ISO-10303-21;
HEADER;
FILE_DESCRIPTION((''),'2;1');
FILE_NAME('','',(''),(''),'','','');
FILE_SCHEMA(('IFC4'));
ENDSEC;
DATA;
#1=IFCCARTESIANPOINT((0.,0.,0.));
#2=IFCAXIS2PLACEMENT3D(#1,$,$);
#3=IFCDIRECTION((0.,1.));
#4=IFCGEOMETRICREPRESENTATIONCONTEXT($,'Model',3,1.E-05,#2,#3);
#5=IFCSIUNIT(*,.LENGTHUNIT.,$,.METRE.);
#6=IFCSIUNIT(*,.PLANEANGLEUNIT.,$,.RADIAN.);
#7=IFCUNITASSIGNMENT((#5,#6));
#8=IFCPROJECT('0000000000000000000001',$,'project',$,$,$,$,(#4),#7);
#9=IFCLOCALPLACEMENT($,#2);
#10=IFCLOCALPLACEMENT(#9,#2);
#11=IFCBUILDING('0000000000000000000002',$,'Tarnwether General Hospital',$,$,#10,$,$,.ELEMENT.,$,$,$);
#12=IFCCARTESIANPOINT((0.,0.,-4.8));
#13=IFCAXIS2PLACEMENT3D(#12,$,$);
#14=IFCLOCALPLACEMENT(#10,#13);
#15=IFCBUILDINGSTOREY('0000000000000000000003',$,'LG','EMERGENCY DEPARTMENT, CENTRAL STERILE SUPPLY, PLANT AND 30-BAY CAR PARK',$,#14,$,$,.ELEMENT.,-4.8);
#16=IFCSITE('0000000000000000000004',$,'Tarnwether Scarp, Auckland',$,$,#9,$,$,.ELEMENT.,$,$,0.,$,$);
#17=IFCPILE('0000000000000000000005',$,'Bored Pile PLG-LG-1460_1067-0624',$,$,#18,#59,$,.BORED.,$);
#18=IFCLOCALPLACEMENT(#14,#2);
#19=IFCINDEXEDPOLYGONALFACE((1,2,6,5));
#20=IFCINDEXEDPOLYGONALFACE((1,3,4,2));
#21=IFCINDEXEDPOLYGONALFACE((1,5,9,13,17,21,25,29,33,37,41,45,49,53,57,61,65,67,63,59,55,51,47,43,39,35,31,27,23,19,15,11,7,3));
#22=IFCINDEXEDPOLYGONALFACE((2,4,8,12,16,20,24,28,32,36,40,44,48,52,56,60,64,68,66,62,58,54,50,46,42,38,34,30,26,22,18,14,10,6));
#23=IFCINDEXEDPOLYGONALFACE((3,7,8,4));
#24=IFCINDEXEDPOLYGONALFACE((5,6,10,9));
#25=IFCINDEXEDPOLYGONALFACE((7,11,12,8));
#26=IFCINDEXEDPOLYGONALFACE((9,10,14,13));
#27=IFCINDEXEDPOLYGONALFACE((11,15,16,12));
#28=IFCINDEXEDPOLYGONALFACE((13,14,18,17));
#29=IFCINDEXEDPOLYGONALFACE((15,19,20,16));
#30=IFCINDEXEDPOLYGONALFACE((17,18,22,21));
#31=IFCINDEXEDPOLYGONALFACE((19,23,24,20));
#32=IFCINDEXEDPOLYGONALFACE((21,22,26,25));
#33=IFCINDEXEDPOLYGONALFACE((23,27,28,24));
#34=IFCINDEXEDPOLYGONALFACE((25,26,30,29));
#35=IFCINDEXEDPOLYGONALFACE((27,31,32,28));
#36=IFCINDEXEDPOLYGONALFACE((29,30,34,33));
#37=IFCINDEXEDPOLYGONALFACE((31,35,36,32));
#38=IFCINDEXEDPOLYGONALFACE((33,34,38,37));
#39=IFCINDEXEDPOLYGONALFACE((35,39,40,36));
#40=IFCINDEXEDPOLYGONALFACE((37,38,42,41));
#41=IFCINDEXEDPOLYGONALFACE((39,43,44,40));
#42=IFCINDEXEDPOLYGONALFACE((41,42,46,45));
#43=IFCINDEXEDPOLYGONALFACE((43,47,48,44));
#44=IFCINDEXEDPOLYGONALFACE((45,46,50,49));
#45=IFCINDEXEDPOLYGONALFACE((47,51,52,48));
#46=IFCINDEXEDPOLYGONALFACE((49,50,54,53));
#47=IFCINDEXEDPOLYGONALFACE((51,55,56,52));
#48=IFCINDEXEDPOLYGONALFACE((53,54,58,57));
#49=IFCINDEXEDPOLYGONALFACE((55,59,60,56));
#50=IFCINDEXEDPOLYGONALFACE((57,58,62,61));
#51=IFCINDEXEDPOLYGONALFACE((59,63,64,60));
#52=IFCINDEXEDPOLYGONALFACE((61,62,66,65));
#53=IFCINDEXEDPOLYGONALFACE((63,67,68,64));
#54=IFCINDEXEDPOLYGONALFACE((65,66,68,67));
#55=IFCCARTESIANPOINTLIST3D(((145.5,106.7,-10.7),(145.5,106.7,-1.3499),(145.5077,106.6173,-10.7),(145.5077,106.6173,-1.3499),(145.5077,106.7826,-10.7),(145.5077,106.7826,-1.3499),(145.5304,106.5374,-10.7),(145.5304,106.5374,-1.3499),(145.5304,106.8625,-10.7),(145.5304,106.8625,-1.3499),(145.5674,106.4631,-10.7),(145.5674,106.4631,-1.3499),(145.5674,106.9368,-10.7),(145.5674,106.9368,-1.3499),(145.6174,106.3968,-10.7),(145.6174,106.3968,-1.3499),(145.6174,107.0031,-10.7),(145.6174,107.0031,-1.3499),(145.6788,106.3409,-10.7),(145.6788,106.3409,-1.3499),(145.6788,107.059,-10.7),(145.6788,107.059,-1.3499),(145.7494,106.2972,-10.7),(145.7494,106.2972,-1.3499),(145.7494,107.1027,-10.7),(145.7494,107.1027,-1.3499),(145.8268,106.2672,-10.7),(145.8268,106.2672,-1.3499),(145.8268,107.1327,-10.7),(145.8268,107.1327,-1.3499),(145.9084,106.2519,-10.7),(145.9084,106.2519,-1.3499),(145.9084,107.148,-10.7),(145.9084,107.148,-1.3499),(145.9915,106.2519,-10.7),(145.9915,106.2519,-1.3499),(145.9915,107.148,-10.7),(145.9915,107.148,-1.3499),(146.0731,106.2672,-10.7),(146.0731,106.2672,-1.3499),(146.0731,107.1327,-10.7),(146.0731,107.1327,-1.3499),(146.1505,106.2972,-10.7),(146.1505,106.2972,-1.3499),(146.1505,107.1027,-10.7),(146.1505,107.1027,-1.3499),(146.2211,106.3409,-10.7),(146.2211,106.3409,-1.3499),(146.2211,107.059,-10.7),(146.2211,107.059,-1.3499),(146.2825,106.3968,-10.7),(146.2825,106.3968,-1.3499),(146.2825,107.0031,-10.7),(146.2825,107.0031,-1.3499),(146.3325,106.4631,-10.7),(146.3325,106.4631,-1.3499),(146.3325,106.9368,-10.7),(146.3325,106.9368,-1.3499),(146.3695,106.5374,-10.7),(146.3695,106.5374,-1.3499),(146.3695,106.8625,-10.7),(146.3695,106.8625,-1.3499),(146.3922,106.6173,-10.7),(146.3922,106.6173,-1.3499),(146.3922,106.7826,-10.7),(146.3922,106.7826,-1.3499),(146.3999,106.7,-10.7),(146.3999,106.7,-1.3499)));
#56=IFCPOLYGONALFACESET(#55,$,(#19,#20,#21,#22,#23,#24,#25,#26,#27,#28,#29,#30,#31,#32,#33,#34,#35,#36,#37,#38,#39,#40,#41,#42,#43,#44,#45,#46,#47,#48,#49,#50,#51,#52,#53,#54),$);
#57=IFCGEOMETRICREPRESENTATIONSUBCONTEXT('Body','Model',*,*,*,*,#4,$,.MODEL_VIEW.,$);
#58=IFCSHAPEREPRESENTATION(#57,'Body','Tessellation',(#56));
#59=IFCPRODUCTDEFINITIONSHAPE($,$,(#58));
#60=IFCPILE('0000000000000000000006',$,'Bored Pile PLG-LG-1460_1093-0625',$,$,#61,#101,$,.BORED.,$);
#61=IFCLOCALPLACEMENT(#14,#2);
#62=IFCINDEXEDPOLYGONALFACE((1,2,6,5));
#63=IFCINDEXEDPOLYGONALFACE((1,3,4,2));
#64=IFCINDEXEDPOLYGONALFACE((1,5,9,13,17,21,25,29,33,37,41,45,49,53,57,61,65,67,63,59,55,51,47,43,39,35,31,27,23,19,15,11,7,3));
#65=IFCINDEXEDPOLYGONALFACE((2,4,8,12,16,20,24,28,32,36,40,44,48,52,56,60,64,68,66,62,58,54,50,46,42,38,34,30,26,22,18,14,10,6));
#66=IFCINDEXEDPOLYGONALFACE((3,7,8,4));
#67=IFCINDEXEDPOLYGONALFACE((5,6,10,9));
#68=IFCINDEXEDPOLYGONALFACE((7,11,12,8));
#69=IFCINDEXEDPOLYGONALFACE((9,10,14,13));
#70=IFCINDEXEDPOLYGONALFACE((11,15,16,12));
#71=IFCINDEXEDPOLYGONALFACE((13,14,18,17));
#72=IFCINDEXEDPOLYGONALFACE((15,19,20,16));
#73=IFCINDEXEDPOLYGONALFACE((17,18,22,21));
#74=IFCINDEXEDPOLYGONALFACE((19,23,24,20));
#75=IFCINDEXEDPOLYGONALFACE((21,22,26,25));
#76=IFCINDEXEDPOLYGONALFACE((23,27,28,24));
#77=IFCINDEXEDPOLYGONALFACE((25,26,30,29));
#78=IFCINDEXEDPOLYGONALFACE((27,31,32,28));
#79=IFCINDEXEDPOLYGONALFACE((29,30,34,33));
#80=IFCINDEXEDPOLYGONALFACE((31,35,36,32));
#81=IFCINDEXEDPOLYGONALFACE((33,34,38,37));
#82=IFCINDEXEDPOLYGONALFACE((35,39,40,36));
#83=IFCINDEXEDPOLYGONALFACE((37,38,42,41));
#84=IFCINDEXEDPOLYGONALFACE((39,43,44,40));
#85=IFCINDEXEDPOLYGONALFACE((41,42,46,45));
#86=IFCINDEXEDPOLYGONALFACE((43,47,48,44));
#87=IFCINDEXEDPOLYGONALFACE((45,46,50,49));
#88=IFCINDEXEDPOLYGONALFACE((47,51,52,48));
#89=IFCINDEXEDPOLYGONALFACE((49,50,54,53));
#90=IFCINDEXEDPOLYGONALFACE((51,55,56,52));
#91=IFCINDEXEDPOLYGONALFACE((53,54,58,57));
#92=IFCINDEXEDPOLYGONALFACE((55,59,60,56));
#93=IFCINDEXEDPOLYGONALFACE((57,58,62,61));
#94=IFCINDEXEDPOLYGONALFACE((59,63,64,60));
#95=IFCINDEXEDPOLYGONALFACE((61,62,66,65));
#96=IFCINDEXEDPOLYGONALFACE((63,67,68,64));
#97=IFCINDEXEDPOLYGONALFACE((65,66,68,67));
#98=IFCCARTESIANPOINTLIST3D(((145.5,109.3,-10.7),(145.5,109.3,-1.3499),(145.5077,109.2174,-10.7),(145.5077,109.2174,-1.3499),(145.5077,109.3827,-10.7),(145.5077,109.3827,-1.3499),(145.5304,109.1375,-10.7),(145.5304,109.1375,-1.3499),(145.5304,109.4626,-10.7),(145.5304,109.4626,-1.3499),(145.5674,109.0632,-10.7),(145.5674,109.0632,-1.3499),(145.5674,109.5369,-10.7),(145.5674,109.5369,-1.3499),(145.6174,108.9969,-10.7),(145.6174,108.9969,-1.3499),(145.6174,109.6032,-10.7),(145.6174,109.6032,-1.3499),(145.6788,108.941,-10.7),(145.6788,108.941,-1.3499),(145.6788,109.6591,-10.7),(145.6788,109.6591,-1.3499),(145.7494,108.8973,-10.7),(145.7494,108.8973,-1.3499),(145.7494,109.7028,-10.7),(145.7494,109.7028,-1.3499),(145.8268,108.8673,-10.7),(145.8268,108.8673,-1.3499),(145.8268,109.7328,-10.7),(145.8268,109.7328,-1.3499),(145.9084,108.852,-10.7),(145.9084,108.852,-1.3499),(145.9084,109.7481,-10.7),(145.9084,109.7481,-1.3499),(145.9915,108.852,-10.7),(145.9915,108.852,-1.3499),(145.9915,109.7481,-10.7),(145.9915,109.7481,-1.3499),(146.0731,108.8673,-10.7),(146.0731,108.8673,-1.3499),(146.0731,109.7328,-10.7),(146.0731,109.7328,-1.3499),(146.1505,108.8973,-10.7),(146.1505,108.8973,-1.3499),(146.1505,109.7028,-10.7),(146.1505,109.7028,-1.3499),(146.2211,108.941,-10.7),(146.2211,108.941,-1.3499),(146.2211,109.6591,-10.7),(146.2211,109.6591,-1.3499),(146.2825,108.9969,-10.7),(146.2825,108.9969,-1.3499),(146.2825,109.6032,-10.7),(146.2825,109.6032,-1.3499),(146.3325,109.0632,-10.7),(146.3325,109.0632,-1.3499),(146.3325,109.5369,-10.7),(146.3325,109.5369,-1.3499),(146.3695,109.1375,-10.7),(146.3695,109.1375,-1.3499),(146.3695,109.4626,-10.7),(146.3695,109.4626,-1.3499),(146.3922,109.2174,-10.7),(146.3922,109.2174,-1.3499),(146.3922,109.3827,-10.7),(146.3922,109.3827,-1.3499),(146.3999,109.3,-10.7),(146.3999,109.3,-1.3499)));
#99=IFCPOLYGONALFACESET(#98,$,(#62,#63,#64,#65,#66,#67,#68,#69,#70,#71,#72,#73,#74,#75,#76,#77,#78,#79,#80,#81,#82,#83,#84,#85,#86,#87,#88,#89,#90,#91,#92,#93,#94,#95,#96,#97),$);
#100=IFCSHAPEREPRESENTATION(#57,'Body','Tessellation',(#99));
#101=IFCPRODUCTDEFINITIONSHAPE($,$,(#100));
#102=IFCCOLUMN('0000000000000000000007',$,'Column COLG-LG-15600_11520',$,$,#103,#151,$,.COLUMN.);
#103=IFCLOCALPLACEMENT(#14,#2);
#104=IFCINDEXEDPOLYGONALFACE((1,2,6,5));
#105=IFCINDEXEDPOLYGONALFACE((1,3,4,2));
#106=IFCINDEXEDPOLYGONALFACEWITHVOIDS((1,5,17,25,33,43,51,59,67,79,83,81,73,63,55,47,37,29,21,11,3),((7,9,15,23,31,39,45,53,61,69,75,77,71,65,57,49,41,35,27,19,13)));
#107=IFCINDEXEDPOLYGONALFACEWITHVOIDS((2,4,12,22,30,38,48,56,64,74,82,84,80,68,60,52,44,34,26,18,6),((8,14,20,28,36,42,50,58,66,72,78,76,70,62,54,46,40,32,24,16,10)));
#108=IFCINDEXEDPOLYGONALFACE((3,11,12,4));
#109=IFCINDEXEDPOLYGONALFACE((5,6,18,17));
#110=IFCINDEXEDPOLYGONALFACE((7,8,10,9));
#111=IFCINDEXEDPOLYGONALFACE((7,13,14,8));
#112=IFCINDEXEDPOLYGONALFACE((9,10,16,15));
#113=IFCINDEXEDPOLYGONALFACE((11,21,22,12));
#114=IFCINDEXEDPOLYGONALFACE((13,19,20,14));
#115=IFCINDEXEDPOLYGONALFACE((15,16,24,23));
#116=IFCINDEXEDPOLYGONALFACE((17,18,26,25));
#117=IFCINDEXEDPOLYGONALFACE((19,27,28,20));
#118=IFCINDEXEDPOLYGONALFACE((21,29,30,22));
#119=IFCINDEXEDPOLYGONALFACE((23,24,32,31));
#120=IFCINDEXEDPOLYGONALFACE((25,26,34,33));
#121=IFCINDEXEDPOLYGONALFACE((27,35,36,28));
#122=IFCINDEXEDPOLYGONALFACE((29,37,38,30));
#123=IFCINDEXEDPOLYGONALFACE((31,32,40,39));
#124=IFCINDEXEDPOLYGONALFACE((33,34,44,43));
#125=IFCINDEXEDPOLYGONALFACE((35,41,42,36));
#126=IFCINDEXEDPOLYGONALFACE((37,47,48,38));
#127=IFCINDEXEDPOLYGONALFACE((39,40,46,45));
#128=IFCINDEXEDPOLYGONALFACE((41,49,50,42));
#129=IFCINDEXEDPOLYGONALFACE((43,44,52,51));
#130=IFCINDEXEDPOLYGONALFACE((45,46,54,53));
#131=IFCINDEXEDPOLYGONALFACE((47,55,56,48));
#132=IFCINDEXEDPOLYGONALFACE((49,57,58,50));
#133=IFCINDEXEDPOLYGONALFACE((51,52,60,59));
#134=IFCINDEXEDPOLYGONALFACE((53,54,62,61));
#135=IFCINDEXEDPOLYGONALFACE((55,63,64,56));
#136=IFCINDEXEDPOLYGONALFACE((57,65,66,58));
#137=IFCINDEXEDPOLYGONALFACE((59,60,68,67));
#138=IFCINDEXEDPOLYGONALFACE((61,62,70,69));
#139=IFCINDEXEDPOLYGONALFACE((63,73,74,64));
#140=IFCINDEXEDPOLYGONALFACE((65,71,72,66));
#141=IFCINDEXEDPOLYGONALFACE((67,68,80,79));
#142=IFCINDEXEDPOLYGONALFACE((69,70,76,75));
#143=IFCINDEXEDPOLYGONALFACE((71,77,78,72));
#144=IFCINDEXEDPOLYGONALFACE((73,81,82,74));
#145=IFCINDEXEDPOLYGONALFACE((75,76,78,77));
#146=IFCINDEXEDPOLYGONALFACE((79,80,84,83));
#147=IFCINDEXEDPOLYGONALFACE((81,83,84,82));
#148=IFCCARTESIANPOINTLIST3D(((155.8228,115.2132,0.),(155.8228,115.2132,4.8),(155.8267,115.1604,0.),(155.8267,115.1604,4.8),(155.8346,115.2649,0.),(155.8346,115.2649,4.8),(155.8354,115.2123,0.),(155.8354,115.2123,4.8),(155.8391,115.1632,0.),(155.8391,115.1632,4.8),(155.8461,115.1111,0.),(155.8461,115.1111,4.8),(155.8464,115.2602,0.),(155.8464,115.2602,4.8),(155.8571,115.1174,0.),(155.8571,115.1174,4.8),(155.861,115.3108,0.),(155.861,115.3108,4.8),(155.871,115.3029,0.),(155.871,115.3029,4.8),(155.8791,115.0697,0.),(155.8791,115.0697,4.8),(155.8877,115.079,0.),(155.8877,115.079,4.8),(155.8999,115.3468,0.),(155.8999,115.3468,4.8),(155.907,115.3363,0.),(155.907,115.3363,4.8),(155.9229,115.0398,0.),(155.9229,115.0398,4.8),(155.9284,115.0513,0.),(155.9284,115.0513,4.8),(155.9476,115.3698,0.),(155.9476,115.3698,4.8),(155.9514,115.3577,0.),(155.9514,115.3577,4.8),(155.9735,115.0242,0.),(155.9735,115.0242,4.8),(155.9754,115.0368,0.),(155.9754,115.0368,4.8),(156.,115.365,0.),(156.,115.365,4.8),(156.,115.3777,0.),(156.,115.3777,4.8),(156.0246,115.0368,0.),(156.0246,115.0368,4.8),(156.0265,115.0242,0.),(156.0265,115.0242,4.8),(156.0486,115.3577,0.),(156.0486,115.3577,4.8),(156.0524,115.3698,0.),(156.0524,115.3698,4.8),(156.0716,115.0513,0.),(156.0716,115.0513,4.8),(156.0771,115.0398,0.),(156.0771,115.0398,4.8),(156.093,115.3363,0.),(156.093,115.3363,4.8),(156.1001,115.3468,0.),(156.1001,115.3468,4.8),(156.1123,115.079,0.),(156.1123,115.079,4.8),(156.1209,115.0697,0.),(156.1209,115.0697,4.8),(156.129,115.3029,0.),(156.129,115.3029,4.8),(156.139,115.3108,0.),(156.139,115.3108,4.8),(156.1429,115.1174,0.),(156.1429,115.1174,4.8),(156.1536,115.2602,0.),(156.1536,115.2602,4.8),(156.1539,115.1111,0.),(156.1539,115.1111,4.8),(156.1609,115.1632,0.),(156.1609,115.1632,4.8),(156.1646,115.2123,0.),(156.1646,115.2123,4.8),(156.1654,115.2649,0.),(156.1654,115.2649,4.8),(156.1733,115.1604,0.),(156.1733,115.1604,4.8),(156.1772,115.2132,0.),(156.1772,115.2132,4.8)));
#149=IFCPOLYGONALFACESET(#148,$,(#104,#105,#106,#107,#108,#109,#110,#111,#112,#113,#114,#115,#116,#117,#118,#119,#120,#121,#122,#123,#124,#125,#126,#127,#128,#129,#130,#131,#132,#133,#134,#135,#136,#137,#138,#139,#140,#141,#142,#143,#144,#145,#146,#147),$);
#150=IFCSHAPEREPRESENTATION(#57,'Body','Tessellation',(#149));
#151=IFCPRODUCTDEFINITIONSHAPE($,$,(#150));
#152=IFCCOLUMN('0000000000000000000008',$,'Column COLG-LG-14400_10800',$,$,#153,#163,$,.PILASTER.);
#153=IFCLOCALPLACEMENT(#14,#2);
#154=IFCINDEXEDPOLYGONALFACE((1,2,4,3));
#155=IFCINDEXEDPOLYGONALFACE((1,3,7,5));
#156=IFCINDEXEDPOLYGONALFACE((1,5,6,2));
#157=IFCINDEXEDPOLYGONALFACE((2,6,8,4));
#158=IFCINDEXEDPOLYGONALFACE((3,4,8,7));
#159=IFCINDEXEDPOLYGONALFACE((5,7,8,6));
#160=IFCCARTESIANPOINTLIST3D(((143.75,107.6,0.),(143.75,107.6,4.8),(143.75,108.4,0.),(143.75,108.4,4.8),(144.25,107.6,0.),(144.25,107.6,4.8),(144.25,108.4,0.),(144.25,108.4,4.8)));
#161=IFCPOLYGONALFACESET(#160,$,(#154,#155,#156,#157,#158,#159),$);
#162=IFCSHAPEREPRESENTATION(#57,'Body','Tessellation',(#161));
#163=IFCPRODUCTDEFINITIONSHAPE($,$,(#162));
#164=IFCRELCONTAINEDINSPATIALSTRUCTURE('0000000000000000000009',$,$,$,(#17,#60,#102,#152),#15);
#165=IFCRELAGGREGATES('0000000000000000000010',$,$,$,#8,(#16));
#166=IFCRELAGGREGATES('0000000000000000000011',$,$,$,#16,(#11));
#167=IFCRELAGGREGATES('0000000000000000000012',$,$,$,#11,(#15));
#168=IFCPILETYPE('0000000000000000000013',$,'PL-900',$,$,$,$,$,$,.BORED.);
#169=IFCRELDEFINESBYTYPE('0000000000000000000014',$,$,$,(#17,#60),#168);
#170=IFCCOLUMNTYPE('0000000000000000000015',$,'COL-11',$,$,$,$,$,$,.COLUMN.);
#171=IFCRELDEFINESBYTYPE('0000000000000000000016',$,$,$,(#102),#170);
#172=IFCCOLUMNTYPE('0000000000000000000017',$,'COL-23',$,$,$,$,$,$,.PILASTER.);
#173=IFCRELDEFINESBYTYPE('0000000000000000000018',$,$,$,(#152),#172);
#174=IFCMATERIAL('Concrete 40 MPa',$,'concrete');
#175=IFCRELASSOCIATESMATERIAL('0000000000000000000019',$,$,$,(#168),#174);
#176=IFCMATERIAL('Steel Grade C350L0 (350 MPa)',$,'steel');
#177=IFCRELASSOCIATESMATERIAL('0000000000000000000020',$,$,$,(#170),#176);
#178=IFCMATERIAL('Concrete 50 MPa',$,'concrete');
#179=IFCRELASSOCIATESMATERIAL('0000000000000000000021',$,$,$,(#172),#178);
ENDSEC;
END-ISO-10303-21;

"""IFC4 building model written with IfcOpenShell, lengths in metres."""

from ifc_helpers import new_model, si_unit, direction, frame, origin, origin_2d, place, context, subcontext, project, spatial, rectangle, circle, hollow_circle, extrude, material, material_profile, profile_set, type_object, element, save


model = new_model("IFC4")

# Units and contexts
model_context = context("Model", 3, precision=1e-05, world=origin(), true_north=direction((0.0, 1.0)))
body_context = subcontext(model_context, "Body", "Model", "MODEL_VIEW")
ifc_project = project(units=[si_unit("LENGTHUNIT", "METRE"), si_unit("PLANEANGLEUNIT", "RADIAN")], contexts=[model_context])

# Site, building, storey
site_placement = place(None, origin())
site = spatial("IfcSite", under=ifc_project, at=site_placement, Name="Tarnwether Scarp, Auckland", CompositionType="ELEMENT", RefElevation=0.0)
building_placement = place(site_placement, origin())
building = spatial("IfcBuilding", under=site, at=building_placement, Name="Tarnwether General Hospital", CompositionType="ELEMENT")
storey_placement = place(building_placement, frame((0.0, 0.0, -4.8)))
storey = spatial("IfcBuildingStorey", under=building, at=storey_placement, Name="LG", Description="EMERGENCY DEPARTMENT, CENTRAL STERILE SUPPLY, PLANT AND 30-BAY CAR PARK", CompositionType="ELEMENT", Elevation=-4.8)

# Piles
ifc_material_1 = material(Name="Concrete 40 MPa", Category="concrete")
ifc_material_profile_1 = material_profile(ifc_material_1, circle(Radius=0.45, at=origin_2d()), Name="PILE-D900")
ifc_profile_set_1 = profile_set([ifc_material_profile_1], Name="Concrete 40 MPa")
pile_type_1 = type_object("IfcPileType", Name="PL-900", PredefinedType="BORED", material=ifc_profile_set_1)
for number, where, z_axis, x_axis, name in (
    (1, (145.95, 106.7, -1.3499), (0.0, 0.0, -1.0), (1.0, 0.0, 0.0), "Bored Pile PLG-LG-1460_1067-0624"),
    (2, (145.95, 109.3, -1.3499), (0.0, 0.0, -1.0), (1.0, 0.0, 0.0), "Bored Pile PLG-LG-1460_1093-0625"),
):
    element("IfcPile", number, at=place(storey_placement, frame(where, z_axis=z_axis, x_axis=x_axis)), inside=storey, type_object=pile_type_1, Name=name, PredefinedType="BORED", context=body_context, shape_type="SweptSolid", body=[
        extrude(circle(Radius=0.45, at=origin_2d()), origin(), (0.0, 0.0, 1.0), 9.3501),
    ])

# Columns
ifc_material_2 = material(Name="Steel Grade C350L0 (350 MPa)", Category="steel")
ifc_material_profile_2 = material_profile(ifc_material_2, hollow_circle(Radius=0.1777, WallThickness=0.0127, at=origin_2d()), Name="CHS355.6x12.7")
ifc_profile_set_2 = profile_set([ifc_material_profile_2], Name="Steel Grade C350L0 (350 MPa)")
column_type_1 = type_object("IfcColumnType", Name="COL-11", PredefinedType="COLUMN", material=ifc_profile_set_2)
column_1_placement = place(storey_placement, frame((156.0, 115.2, 0.0), z_axis=(0.0, 0.0, 1.0), x_axis=(0.0, 1.0, 0.0)))
element("IfcColumn", 3, at=column_1_placement, inside=storey, type_object=column_type_1, Name="Column COLG-LG-15600_11520", PredefinedType="COLUMN", context=body_context, shape_type="SweptSolid", body=[
    extrude(hollow_circle(Radius=0.1777, WallThickness=0.0127, at=origin_2d()), origin(), (0.0, 0.0, 1.0), 4.8),
])
ifc_material_3 = material(Name="Concrete 50 MPa", Category="concrete")
ifc_material_profile_3 = material_profile(ifc_material_3, rectangle(XDim=0.5, YDim=0.8, at=origin_2d()), Name="RC-PIL-500x800")
ifc_profile_set_3 = profile_set([ifc_material_profile_3], Name="Concrete 50 MPa")
column_type_2 = type_object("IfcColumnType", Name="COL-23", PredefinedType="PILASTER", material=ifc_profile_set_3)
column_2_placement = place(storey_placement, frame((144.0, 108.0, 0.0), z_axis=(0.0, 0.0, 1.0), x_axis=(1.0, 0.0, 0.0)))
element("IfcColumn", 4, at=column_2_placement, inside=storey, type_object=column_type_2, Name="Column COLG-LG-14400_10800", PredefinedType="PILASTER", context=body_context, shape_type="SweptSolid", body=[
    extrude(rectangle(XDim=0.5, YDim=0.8, at=origin_2d()), origin(), (0.0, 0.0, 1.0), 4.8),
])

save(model, "model.ifc")
